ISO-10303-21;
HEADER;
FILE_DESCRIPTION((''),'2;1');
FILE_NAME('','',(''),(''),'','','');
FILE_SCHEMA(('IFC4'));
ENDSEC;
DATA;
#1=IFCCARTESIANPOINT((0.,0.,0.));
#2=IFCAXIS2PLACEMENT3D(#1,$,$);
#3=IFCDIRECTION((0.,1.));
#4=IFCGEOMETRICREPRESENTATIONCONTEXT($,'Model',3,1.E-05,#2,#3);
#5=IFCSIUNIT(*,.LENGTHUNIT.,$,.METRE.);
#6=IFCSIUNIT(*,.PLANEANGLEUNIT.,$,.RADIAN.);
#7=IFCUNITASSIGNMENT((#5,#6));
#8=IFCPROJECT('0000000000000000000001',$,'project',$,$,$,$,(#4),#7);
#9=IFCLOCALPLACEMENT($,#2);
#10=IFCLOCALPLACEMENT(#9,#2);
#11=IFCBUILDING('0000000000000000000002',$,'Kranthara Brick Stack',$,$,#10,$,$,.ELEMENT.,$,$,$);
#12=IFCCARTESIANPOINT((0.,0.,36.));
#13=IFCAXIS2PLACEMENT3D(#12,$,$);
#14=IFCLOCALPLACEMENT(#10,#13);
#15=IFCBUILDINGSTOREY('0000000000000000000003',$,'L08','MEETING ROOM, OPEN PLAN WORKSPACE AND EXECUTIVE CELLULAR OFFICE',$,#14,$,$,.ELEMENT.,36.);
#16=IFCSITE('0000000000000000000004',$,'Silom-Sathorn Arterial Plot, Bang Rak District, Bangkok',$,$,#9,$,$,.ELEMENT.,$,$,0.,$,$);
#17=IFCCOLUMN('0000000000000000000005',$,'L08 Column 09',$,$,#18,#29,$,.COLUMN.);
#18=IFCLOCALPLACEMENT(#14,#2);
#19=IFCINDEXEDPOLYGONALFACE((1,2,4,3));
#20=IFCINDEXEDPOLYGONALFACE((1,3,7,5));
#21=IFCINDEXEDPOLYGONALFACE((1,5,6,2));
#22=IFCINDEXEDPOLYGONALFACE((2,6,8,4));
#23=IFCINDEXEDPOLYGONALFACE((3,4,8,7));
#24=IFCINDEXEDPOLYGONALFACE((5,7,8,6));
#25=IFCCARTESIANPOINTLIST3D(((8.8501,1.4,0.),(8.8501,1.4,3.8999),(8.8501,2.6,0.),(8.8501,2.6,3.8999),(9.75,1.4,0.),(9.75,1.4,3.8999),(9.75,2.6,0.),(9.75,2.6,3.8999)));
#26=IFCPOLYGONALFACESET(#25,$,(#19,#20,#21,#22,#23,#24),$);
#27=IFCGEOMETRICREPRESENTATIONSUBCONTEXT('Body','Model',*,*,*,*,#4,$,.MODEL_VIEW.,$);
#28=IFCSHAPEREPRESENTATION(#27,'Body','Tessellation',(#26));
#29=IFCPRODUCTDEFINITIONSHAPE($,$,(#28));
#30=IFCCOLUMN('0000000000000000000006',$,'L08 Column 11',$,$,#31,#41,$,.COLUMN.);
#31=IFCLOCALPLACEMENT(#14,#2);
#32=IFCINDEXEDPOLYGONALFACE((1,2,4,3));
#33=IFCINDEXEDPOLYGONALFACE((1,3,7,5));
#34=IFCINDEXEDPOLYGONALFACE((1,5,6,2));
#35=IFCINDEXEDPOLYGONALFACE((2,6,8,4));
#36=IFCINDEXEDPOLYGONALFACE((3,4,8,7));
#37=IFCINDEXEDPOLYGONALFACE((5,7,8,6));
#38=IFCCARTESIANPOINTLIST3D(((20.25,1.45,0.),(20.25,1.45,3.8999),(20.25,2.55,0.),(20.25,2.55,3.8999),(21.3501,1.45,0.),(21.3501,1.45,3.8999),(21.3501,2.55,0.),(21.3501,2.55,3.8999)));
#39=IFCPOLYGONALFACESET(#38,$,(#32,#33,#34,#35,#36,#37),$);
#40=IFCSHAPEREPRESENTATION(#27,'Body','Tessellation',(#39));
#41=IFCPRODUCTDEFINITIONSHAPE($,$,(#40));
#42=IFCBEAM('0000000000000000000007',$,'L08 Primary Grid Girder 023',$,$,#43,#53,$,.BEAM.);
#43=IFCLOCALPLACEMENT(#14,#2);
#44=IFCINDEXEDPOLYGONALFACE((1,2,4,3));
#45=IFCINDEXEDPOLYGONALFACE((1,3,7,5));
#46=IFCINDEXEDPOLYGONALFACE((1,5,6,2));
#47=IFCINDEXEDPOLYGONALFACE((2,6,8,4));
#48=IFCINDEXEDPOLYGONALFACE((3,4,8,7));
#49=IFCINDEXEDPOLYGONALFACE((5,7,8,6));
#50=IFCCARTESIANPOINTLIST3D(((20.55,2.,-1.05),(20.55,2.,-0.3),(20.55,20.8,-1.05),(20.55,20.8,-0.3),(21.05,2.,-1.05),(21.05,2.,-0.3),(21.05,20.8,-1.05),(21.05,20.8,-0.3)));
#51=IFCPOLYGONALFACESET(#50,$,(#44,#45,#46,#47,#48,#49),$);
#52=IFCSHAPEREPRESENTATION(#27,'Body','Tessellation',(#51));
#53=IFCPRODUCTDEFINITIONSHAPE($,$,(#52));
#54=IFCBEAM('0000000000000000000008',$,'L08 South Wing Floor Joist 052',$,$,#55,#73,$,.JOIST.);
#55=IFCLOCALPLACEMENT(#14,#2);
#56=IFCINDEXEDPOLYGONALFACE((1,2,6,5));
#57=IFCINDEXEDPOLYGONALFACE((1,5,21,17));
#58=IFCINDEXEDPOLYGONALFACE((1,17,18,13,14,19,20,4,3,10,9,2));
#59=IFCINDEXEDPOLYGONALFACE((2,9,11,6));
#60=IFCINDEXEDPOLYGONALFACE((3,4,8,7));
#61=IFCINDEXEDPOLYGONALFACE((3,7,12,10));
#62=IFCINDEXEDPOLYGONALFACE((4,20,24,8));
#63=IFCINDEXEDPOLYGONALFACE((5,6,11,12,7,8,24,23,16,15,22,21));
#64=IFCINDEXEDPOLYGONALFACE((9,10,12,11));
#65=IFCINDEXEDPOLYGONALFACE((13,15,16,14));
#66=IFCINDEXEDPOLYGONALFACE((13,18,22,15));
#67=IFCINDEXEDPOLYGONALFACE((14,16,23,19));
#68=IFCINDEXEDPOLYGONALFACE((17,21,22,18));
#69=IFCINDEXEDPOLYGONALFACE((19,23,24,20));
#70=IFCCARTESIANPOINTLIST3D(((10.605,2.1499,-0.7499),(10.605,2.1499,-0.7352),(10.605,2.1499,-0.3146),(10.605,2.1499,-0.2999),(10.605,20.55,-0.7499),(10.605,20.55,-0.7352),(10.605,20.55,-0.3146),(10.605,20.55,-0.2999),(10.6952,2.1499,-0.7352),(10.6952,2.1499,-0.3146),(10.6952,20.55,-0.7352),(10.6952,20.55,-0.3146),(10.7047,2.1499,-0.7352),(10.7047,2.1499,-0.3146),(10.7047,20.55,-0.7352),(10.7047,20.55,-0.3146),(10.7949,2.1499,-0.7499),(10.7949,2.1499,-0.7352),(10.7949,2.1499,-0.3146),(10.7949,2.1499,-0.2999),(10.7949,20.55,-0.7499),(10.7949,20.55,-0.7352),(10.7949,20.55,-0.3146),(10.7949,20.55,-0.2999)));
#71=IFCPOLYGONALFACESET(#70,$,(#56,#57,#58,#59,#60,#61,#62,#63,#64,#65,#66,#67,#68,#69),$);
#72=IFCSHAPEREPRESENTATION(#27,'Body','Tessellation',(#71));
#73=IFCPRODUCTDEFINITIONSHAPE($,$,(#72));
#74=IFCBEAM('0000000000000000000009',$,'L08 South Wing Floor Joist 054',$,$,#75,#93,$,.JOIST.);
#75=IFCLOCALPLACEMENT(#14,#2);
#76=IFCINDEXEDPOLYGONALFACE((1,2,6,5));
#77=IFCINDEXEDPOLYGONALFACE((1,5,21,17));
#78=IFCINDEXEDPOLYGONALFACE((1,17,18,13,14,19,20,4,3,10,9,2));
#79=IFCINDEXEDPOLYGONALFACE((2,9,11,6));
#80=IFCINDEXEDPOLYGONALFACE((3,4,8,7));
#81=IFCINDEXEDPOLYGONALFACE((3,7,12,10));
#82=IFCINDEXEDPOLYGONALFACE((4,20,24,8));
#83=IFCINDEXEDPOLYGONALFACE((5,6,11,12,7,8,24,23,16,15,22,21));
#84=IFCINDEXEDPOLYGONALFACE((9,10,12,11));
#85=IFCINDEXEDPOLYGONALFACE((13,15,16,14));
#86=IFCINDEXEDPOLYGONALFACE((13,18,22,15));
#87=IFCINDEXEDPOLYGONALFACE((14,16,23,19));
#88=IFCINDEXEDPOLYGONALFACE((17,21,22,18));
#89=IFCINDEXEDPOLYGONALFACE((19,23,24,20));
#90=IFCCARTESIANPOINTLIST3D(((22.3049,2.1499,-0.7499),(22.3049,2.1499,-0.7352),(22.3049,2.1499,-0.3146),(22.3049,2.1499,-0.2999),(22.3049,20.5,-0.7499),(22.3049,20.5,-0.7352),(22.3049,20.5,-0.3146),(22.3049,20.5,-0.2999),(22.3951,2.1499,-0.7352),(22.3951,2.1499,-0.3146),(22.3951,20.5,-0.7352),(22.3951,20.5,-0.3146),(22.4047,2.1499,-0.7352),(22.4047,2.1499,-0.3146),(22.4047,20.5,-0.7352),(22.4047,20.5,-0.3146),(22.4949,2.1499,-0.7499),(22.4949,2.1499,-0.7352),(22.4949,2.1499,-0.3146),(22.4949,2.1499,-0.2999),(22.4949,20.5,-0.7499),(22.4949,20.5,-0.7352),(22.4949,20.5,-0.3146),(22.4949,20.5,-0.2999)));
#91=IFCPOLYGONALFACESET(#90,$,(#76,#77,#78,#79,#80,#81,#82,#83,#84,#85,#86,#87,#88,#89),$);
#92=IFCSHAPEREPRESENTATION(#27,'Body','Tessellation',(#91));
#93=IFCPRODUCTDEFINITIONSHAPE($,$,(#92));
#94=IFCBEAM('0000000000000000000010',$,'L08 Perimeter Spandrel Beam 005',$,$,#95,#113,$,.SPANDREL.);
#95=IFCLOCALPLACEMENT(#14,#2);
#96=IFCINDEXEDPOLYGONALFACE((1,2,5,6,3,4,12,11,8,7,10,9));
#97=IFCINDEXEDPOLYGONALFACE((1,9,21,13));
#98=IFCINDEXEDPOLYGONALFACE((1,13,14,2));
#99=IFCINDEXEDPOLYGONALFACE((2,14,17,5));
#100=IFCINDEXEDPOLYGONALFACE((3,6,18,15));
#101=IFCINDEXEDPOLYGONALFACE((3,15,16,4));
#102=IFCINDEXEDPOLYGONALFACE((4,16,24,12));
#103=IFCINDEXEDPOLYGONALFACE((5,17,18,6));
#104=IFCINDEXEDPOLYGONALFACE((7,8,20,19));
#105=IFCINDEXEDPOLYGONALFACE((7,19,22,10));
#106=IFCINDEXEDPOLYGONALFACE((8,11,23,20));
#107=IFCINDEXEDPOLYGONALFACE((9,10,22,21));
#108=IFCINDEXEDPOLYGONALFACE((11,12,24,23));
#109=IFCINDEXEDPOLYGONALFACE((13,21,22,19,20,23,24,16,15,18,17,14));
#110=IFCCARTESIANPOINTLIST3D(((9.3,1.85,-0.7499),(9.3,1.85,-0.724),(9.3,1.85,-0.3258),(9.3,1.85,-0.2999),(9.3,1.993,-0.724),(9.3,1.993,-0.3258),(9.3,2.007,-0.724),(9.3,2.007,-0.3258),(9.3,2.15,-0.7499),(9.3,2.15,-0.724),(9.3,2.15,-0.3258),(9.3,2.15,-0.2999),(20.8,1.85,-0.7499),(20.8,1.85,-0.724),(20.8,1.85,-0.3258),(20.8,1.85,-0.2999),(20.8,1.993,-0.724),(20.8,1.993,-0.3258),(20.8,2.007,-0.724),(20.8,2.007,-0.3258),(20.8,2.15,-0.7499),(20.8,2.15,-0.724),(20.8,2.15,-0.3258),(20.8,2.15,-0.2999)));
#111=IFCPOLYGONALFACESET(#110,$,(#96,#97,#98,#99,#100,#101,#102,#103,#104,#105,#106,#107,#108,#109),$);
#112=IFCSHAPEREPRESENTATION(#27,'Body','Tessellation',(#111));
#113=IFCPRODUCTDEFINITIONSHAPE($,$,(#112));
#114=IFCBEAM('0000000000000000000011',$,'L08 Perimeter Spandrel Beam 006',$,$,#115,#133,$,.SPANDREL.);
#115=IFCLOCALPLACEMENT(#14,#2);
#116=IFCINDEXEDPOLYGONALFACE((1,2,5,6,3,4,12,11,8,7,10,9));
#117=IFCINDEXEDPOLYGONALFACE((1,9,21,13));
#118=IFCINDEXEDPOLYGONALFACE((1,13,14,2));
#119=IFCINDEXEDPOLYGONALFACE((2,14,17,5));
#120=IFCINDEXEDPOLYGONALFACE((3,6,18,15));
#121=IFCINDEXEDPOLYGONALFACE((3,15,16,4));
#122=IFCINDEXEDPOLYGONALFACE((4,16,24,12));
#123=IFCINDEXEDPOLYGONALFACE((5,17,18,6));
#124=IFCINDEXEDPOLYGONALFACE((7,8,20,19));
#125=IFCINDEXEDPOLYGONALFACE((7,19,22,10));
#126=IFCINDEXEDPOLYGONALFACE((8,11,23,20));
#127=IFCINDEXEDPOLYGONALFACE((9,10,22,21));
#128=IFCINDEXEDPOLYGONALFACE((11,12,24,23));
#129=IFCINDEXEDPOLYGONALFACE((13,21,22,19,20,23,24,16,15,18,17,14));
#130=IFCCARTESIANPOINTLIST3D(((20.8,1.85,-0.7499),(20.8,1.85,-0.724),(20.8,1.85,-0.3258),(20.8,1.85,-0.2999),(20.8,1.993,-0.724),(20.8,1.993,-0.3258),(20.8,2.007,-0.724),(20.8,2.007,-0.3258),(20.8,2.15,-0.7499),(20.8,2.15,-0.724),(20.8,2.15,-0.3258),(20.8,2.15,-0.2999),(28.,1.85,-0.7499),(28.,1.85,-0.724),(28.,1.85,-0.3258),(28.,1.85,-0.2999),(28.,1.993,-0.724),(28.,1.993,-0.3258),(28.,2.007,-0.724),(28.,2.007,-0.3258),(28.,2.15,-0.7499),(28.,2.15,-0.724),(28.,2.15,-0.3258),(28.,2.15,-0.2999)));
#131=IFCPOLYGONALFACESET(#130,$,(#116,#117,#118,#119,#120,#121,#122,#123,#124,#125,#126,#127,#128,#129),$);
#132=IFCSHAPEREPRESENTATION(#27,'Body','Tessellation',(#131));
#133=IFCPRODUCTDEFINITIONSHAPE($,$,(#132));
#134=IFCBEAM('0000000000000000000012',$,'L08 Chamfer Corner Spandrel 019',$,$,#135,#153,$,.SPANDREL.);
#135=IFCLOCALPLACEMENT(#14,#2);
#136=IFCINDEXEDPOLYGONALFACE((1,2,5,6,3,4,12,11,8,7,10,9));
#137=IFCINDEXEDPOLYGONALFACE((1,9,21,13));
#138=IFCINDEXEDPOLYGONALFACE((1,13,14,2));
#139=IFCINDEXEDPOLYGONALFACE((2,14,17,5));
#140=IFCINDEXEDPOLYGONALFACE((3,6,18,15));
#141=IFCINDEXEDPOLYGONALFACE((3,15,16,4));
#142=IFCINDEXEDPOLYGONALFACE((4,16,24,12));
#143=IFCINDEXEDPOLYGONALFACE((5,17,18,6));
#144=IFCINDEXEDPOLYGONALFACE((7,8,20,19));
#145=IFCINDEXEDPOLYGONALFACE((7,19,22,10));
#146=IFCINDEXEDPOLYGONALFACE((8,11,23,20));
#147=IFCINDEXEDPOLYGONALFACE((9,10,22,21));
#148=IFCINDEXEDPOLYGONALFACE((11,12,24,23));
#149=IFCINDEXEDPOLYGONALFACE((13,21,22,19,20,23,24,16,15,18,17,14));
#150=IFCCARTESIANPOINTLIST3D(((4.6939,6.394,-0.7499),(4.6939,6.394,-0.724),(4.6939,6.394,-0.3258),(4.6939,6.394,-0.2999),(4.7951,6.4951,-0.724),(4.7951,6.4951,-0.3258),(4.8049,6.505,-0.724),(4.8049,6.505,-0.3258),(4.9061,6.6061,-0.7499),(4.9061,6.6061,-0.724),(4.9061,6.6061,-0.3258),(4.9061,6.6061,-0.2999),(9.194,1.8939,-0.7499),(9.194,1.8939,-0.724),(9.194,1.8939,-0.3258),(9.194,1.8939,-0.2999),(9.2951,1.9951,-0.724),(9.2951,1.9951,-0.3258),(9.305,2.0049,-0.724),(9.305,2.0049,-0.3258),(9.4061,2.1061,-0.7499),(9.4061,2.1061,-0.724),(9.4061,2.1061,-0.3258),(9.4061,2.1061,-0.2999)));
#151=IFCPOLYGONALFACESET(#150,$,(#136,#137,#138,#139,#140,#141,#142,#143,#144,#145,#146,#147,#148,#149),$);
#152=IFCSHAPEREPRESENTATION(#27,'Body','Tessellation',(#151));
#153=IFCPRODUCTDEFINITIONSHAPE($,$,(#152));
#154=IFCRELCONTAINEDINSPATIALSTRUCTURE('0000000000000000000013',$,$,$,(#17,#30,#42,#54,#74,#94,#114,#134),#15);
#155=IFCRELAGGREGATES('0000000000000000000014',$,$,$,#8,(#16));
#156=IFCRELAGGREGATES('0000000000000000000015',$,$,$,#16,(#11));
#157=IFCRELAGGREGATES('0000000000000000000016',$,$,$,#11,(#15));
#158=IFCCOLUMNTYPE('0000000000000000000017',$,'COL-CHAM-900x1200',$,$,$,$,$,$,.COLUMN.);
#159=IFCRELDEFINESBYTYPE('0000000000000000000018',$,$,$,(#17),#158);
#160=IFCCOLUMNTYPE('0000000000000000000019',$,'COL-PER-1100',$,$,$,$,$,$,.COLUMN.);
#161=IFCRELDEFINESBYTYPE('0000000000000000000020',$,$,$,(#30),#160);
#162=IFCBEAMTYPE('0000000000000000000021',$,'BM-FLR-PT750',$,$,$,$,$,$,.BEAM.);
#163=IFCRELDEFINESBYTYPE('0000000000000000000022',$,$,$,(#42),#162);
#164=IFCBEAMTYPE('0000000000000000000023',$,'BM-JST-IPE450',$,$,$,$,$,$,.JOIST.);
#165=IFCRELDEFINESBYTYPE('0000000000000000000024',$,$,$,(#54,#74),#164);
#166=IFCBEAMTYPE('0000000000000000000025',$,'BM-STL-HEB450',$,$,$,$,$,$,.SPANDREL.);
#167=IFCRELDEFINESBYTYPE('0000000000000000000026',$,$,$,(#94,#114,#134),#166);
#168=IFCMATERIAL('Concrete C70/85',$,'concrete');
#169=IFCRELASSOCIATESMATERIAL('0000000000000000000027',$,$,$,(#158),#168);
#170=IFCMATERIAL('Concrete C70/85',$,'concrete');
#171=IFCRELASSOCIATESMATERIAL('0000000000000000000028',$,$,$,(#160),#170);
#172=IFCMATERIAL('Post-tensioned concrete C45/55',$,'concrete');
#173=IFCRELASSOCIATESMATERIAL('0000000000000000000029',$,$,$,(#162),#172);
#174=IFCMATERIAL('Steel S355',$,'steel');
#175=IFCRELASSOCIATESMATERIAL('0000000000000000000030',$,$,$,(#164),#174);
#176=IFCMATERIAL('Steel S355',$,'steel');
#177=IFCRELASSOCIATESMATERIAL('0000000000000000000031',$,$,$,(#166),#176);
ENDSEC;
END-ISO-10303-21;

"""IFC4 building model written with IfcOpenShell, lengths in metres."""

from ifc_helpers import new_model, si_unit, direction, frame, origin, origin_2d, place, context, subcontext, project, spatial, rectangle, i_section, extrude, material, material_profile, profile_set, type_object, element, save


model = new_model("IFC4")

# Units and contexts
model_context = context("Model", 3, precision=1e-05, world=origin(), true_north=direction((0.0, 1.0)))
body_context = subcontext(model_context, "Body", "Model", "MODEL_VIEW")
ifc_project = project(units=[si_unit("LENGTHUNIT", "METRE"), si_unit("PLANEANGLEUNIT", "RADIAN")], contexts=[model_context])

# Site, building, storey
site_placement = place(None, origin())
site = spatial("IfcSite", under=ifc_project, at=site_placement, Name="Silom-Sathorn Arterial Plot, Bang Rak District, Bangkok", CompositionType="ELEMENT", RefElevation=0.0)
building_placement = place(site_placement, origin())
building = spatial("IfcBuilding", under=site, at=building_placement, Name="Kranthara Brick Stack", CompositionType="ELEMENT")
storey_placement = place(building_placement, frame((0.0, 0.0, 36.0)))
storey = spatial("IfcBuildingStorey", under=building, at=storey_placement, Name="L08", Description="MEETING ROOM, OPEN PLAN WORKSPACE AND EXECUTIVE CELLULAR OFFICE", CompositionType="ELEMENT", Elevation=36.0)

# Columns
ifc_material_1 = material(Name="Concrete C70/85", Category="concrete")
ifc_material_profile_1 = material_profile(ifc_material_1, rectangle(XDim=0.8999, YDim=1.2, at=origin_2d()), Name="RC 900x1200")
ifc_profile_set_1 = profile_set([ifc_material_profile_1], Name="Concrete C70/85")
column_type_1 = type_object("IfcColumnType", Name="COL-CHAM-900x1200", PredefinedType="COLUMN", material=ifc_profile_set_1)
column_1_placement = place(storey_placement, frame((9.3, 2.0, 0.0), z_axis=(0.0, 0.0, 1.0), x_axis=(1.0, 0.0, 0.0)))
element("IfcColumn", 1, at=column_1_placement, inside=storey, type_object=column_type_1, Name="L08 Column 09", PredefinedType="COLUMN", context=body_context, shape_type="SweptSolid", body=[
    extrude(rectangle(XDim=0.8999, YDim=1.2, at=origin_2d()), origin(), (0.0, 0.0, 1.0), 3.8999),
])
ifc_material_2 = material(Name="Concrete C70/85", Category="concrete")
ifc_material_profile_2 = material_profile(ifc_material_2, rectangle(XDim=1.1001, YDim=1.1001, at=origin_2d()), Name="RC 1100x1100")
ifc_profile_set_2 = profile_set([ifc_material_profile_2], Name="Concrete C70/85")
column_type_2 = type_object("IfcColumnType", Name="COL-PER-1100", PredefinedType="COLUMN", material=ifc_profile_set_2)
column_2_placement = place(storey_placement, frame((20.8, 2.0, 0.0), z_axis=(0.0, 0.0, 1.0), x_axis=(1.0, 0.0, 0.0)))
element("IfcColumn", 2, at=column_2_placement, inside=storey, type_object=column_type_2, Name="L08 Column 11", PredefinedType="COLUMN", context=body_context, shape_type="SweptSolid", body=[
    extrude(rectangle(XDim=1.1001, YDim=1.1001, at=origin_2d()), origin(), (0.0, 0.0, 1.0), 3.8999),
])

# Beams
ifc_material_3 = material(Name="Post-tensioned concrete C45/55", Category="concrete")
ifc_material_profile_3 = material_profile(ifc_material_3, rectangle(XDim=0.5, YDim=0.75, at=origin_2d()), Name="PT 500x750")
ifc_profile_set_3 = profile_set([ifc_material_profile_3], Name="Post-tensioned concrete C45/55")
beam_type_1 = type_object("IfcBeamType", Name="BM-FLR-PT750", PredefinedType="BEAM", material=ifc_profile_set_3)
beam_1_placement = place(storey_placement, frame((20.8, 2.0, -0.675), z_axis=(0.0, 1.0, 0.0), x_axis=(-1.0, 0.0, 0.0)))
element("IfcBeam", 3, at=beam_1_placement, inside=storey, type_object=beam_type_1, Name="L08 Primary Grid Girder 023", PredefinedType="BEAM", context=body_context, shape_type="SweptSolid", body=[
    extrude(rectangle(XDim=0.5, YDim=0.75, at=origin_2d()), origin(), (0.0, 0.0, 1.0), 18.8),
])
ifc_material_4 = material(Name="Steel S355", Category="steel")
ifc_material_profile_4 = material_profile(ifc_material_4, i_section(OverallWidth=0.1899, OverallDepth=0.45, WebThickness=0.0095, FlangeThickness=0.0146, at=origin_2d()), Name="IPE 450")
ifc_profile_set_4 = profile_set([ifc_material_profile_4], Name="Steel S355")
beam_type_2 = type_object("IfcBeamType", Name="BM-JST-IPE450", PredefinedType="JOIST", material=ifc_profile_set_4)
beam_2_placement = place(storey_placement, frame((10.7, 2.1499, -0.5249), z_axis=(0.0, 1.0, 0.0), x_axis=(-1.0, 0.0, 0.0)))
element("IfcBeam", 4, at=beam_2_placement, inside=storey, type_object=beam_type_2, Name="L08 South Wing Floor Joist 052", PredefinedType="JOIST", context=body_context, shape_type="SweptSolid", body=[
    extrude(i_section(OverallWidth=0.1899, OverallDepth=0.45, WebThickness=0.0095, FlangeThickness=0.0146, at=origin_2d()), origin(), (0.0, 0.0, 1.0), 18.4001),
])
beam_3_placement = place(storey_placement, frame((22.3999, 2.1499, -0.5249), z_axis=(0.0, 1.0, 0.0), x_axis=(-1.0, 0.0, 0.0)))
element("IfcBeam", 5, at=beam_3_placement, inside=storey, type_object=beam_type_2, Name="L08 South Wing Floor Joist 054", PredefinedType="JOIST", context=body_context, shape_type="SweptSolid", body=[
    extrude(i_section(OverallWidth=0.1899, OverallDepth=0.45, WebThickness=0.0095, FlangeThickness=0.0146, at=origin_2d()), origin(), (0.0, 0.0, 1.0), 18.3501),
])
ifc_material_5 = material(Name="Steel S355", Category="steel")
ifc_material_profile_5 = material_profile(ifc_material_5, i_section(OverallWidth=0.3, OverallDepth=0.45, WebThickness=0.0139, FlangeThickness=0.0259, at=origin_2d()), Name="HEB 450")
ifc_profile_set_5 = profile_set([ifc_material_profile_5], Name="Steel S355")
beam_type_3 = type_object("IfcBeamType", Name="BM-STL-HEB450", PredefinedType="SPANDREL", material=ifc_profile_set_5)
beam_4_placement = place(storey_placement, frame((9.3, 2.0, -0.5249), z_axis=(1.0, 0.0, 0.0), x_axis=(0.0, 1.0, 0.0)))
element("IfcBeam", 6, at=beam_4_placement, inside=storey, type_object=beam_type_3, Name="L08 Perimeter Spandrel Beam 005", PredefinedType="SPANDREL", context=body_context, shape_type="SweptSolid", body=[
    extrude(i_section(OverallWidth=0.3, OverallDepth=0.45, WebThickness=0.0139, FlangeThickness=0.0259, at=origin_2d()), origin(), (0.0, 0.0, 1.0), 11.5),
])
beam_5_placement = place(storey_placement, frame((20.8, 2.0, -0.5249), z_axis=(1.0, 0.0, 0.0), x_axis=(0.0, 1.0, 0.0)))
element("IfcBeam", 7, at=beam_5_placement, inside=storey, type_object=beam_type_3, Name="L08 Perimeter Spandrel Beam 006", PredefinedType="SPANDREL", context=body_context, shape_type="SweptSolid", body=[
    extrude(i_section(OverallWidth=0.3, OverallDepth=0.45, WebThickness=0.0139, FlangeThickness=0.0259, at=origin_2d()), origin(), (0.0, 0.0, 1.0), 7.2),
])
beam_6_placement = place(storey_placement, frame((9.3, 2.0, -0.5249), z_axis=(-0.707107, 0.707107, 0.0), x_axis=(-0.707107, -0.707107, 0.0)))
element("IfcBeam", 8, at=beam_6_placement, inside=storey, type_object=beam_type_3, Name="L08 Chamfer Corner Spandrel 019", PredefinedType="SPANDREL", context=body_context, shape_type="SweptSolid", body=[
    extrude(i_section(OverallWidth=0.3, OverallDepth=0.45, WebThickness=0.0139, FlangeThickness=0.0259, at=origin_2d()), origin(), (0.0, 0.0, 1.0), 6.364),
])

save(model, "model.ifc")
